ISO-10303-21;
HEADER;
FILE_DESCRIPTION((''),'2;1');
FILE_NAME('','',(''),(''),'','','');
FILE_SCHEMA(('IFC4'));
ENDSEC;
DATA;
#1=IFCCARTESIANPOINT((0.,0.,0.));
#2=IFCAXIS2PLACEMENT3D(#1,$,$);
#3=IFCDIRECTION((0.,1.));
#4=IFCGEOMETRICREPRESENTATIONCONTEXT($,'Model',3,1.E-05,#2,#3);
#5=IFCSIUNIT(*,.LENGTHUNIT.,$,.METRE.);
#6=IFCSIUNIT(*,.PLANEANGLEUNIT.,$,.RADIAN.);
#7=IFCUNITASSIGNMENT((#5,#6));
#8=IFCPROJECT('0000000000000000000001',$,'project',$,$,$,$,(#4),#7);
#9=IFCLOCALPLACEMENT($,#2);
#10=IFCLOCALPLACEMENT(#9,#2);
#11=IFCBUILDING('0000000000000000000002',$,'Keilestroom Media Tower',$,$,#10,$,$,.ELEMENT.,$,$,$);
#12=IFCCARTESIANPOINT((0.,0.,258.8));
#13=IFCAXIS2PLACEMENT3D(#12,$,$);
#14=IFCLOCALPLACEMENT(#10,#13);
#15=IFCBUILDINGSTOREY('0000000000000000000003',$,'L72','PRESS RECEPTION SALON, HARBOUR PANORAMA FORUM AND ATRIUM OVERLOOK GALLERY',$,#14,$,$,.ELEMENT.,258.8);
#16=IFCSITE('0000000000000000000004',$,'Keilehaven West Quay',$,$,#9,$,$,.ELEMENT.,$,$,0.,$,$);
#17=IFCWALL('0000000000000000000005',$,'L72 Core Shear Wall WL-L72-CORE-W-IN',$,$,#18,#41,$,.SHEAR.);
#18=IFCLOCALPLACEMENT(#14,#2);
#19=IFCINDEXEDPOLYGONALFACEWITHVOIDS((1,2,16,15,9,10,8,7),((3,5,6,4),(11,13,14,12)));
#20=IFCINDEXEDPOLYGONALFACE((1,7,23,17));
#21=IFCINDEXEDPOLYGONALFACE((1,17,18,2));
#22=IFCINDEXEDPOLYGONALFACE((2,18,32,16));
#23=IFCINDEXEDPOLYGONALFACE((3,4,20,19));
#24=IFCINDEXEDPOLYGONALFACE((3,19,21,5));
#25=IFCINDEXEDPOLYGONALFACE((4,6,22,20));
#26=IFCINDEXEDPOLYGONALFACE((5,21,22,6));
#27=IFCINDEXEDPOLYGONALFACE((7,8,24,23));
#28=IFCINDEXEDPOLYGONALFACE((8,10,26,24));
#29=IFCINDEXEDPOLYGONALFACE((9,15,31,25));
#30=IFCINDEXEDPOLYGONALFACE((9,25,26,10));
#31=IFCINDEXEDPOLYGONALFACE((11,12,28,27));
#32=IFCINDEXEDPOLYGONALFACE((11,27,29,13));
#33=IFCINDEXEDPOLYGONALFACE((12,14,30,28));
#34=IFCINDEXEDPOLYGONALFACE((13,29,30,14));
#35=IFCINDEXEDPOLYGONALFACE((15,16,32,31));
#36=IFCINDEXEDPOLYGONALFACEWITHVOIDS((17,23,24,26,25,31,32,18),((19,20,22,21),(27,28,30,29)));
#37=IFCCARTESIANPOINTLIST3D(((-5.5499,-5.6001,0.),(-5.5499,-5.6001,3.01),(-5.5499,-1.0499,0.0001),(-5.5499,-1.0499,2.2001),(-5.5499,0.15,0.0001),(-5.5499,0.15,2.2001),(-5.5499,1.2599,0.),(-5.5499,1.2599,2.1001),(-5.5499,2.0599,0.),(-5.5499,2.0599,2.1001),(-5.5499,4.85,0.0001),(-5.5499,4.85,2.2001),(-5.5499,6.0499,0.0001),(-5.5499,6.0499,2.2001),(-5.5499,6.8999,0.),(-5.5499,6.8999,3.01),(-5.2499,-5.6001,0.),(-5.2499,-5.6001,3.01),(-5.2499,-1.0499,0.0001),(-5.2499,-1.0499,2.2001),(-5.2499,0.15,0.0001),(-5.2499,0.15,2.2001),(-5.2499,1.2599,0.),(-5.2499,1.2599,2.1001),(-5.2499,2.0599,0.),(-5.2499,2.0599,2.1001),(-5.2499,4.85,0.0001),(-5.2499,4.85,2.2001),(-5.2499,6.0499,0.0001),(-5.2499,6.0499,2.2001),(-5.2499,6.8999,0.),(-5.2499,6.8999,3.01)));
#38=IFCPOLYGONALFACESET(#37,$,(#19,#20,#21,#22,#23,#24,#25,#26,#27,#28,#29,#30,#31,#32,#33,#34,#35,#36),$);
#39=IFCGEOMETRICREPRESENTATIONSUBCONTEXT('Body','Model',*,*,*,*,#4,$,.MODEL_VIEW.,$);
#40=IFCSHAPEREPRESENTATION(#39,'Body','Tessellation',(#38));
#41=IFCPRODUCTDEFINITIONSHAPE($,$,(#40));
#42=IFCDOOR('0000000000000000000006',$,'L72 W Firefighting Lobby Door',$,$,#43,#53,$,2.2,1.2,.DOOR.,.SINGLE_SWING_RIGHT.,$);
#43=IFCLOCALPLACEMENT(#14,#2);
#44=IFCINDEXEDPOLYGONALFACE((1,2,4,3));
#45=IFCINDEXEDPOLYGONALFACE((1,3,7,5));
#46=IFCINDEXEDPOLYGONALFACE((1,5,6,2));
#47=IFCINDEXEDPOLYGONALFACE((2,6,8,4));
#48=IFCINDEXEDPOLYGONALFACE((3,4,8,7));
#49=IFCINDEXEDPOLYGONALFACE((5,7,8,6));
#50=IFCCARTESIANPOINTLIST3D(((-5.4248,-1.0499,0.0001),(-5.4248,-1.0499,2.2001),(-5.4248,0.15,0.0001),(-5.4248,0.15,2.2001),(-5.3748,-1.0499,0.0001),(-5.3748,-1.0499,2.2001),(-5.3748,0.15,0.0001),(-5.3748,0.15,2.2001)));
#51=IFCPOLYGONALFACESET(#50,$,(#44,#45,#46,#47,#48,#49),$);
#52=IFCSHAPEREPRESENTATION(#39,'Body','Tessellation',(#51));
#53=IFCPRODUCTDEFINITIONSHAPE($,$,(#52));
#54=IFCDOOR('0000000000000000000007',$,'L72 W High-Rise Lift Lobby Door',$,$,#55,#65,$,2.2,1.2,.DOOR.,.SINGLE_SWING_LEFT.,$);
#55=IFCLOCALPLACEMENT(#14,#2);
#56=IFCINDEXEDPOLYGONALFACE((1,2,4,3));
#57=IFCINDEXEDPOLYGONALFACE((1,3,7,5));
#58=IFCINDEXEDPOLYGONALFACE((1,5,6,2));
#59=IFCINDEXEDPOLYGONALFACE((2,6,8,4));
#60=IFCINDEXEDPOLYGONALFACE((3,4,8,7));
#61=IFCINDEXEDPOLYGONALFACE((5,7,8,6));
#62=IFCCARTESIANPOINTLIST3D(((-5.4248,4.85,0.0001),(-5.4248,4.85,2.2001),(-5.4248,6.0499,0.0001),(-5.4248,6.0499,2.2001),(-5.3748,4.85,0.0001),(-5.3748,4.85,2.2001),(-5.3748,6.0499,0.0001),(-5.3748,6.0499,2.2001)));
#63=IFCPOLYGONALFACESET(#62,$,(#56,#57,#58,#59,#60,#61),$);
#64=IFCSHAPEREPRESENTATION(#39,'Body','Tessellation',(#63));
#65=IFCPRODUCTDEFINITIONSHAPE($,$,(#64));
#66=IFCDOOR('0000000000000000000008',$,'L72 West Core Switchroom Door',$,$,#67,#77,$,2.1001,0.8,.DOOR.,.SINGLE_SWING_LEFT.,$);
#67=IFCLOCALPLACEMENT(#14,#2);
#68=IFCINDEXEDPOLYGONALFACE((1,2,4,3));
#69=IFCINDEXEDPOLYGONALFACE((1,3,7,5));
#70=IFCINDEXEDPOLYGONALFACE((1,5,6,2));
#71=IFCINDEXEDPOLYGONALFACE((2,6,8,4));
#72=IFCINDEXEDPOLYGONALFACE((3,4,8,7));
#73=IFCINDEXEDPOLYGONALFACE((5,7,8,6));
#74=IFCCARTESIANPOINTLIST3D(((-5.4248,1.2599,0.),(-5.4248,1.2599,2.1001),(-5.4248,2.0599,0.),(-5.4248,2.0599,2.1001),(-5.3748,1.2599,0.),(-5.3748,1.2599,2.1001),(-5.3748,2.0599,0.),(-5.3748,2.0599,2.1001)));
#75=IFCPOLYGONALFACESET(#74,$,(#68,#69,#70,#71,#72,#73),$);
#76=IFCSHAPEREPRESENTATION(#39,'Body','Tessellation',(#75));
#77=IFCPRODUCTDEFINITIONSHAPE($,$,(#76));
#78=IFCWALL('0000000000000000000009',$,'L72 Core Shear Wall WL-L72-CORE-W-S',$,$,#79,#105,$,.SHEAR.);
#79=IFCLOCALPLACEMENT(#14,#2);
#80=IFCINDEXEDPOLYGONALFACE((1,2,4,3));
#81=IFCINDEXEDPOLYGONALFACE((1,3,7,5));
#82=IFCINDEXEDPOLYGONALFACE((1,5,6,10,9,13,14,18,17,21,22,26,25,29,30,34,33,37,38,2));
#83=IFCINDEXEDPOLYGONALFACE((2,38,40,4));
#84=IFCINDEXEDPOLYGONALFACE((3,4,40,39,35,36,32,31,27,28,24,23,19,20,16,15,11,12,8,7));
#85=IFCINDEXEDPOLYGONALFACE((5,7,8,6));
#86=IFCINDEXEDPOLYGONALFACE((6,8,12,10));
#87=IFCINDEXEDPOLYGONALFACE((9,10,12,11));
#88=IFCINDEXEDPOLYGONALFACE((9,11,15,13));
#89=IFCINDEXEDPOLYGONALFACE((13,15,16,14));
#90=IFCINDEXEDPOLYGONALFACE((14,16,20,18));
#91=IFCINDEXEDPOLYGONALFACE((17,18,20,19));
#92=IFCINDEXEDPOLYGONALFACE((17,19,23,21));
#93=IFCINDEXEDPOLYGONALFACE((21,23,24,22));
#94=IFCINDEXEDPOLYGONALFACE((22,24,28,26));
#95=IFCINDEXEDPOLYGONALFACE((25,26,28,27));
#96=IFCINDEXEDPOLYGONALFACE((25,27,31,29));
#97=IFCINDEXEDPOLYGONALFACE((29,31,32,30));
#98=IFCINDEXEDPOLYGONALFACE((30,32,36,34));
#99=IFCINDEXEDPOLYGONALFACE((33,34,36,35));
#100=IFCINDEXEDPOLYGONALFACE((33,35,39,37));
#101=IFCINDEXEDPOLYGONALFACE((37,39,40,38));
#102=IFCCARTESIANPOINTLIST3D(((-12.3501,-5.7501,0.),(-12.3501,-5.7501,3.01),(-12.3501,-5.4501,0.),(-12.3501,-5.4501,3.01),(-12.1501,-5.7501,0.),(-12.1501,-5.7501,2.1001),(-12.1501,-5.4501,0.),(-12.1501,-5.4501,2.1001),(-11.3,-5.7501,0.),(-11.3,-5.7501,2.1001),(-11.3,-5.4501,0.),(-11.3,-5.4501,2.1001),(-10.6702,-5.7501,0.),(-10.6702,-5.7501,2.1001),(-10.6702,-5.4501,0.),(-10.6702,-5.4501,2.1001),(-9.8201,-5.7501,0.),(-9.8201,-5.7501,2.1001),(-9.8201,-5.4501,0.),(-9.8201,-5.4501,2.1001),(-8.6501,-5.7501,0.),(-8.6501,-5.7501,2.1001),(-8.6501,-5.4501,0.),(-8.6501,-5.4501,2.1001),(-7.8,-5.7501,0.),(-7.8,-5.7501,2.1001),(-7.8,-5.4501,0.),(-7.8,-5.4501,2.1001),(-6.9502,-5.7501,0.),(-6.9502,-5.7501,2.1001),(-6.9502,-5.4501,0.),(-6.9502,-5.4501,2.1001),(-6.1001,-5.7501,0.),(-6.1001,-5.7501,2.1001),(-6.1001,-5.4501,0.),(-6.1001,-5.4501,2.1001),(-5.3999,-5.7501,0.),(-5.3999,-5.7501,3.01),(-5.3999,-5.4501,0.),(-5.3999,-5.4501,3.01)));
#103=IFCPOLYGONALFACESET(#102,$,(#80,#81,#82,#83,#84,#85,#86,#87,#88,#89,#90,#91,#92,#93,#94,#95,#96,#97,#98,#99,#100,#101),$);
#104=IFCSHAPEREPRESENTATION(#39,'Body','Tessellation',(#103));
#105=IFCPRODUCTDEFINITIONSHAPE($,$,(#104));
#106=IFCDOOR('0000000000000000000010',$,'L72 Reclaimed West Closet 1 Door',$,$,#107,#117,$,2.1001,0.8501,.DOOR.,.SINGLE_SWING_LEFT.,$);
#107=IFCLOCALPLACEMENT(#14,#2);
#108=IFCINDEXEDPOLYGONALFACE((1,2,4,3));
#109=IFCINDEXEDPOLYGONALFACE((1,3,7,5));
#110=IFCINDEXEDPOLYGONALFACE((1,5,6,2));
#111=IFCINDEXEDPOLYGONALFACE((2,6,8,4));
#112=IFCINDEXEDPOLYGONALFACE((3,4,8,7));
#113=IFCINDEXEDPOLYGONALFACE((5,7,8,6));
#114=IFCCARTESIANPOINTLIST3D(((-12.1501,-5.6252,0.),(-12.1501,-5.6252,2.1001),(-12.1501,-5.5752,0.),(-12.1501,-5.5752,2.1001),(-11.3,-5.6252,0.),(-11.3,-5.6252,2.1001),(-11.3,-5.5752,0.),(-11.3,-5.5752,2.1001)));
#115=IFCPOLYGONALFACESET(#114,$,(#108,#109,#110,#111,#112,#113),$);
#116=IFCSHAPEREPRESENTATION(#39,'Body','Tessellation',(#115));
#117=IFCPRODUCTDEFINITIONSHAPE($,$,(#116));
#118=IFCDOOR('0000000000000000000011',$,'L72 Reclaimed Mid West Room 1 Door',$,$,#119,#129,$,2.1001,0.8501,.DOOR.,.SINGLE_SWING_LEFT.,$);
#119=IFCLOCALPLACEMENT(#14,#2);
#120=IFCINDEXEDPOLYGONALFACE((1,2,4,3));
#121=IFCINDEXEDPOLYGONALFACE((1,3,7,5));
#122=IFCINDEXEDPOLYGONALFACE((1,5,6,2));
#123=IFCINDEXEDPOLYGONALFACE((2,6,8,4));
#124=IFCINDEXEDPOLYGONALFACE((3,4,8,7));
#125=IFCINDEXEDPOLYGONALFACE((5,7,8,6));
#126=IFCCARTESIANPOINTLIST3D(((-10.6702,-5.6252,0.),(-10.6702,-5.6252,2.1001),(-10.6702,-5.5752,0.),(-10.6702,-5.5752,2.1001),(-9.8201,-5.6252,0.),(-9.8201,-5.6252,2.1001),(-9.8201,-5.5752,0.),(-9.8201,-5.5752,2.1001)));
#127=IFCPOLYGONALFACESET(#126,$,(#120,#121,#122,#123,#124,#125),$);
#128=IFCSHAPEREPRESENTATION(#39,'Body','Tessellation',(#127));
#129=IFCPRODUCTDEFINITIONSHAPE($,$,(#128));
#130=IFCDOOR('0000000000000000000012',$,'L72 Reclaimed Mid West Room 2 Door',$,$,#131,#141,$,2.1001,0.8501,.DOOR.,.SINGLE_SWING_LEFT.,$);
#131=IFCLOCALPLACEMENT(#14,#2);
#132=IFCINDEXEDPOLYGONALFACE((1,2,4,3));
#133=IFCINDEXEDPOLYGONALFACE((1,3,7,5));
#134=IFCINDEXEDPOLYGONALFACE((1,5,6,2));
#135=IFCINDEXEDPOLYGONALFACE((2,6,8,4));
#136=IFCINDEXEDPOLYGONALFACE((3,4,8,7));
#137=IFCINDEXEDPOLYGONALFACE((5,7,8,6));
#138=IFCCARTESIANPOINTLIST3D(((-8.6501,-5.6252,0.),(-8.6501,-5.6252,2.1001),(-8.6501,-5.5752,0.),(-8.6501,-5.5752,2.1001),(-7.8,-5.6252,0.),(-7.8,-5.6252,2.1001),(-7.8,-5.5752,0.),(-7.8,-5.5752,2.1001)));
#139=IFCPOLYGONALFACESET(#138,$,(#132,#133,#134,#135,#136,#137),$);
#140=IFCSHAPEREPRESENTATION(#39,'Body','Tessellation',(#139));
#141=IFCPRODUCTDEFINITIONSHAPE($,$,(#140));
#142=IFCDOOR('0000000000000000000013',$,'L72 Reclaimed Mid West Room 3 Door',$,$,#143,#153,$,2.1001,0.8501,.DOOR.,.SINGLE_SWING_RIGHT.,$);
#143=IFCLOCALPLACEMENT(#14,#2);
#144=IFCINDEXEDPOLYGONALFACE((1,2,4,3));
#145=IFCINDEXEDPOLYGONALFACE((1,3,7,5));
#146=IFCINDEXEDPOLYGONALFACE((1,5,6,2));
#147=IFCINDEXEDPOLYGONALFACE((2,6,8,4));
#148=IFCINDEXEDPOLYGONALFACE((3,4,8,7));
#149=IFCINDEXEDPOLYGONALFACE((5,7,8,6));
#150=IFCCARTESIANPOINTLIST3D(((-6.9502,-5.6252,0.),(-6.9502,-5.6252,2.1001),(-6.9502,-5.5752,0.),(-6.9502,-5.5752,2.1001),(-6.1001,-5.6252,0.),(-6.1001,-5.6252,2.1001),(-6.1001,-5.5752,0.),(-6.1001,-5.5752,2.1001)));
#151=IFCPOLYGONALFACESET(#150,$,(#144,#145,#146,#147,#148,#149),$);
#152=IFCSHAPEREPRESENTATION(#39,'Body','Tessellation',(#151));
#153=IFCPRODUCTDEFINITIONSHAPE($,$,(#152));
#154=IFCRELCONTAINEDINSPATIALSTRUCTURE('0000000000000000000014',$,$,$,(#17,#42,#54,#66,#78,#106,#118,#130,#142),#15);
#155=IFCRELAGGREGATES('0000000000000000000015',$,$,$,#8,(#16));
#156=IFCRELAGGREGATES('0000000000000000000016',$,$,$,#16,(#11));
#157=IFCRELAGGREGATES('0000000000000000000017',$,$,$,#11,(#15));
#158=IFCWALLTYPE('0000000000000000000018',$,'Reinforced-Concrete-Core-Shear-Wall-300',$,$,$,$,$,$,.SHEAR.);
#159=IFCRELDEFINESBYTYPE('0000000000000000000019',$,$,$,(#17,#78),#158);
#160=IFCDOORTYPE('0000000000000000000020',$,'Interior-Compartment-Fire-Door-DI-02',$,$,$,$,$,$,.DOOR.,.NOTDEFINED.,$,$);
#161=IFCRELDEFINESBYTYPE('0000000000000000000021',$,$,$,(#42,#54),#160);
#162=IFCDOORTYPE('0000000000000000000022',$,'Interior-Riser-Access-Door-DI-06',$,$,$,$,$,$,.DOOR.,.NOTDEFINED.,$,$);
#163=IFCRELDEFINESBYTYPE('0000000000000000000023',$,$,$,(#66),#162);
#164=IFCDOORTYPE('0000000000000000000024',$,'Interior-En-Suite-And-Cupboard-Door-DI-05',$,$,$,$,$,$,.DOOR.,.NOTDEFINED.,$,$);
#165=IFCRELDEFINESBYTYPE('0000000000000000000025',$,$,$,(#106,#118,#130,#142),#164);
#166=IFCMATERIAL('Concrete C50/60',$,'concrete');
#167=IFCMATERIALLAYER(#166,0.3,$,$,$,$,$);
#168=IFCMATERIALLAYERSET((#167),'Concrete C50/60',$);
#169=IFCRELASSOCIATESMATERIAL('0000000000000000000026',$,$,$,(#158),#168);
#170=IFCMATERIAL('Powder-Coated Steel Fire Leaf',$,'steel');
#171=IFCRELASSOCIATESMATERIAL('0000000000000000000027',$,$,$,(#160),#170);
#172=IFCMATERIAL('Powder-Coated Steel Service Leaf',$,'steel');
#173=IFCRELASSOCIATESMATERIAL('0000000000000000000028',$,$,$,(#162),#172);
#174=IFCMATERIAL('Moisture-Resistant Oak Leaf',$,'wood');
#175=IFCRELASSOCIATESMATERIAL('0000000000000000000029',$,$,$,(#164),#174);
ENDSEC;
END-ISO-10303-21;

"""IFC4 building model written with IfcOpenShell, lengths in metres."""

from ifc_helpers import new_model, si_unit, direction, frame, frame_2d, origin, place, context, subcontext, project, spatial, rectangle, extrude, source, transform, mapped, material, layer, layer_set, type_object, element, fill, save


model = new_model("IFC4")

# Units and contexts
model_context = context("Model", 3, precision=1e-05, world=origin(), true_north=direction((0.0, 1.0)))
body_context = subcontext(model_context, "Body", "Model", "MODEL_VIEW")
ifc_project = project(units=[si_unit("LENGTHUNIT", "METRE"), si_unit("PLANEANGLEUNIT", "RADIAN")], contexts=[model_context])

# Site, building, storey
site_placement = place(None, origin())
site = spatial("IfcSite", under=ifc_project, at=site_placement, Name="Keilehaven West Quay", CompositionType="ELEMENT", RefElevation=0.0)
building_placement = place(site_placement, origin())
building = spatial("IfcBuilding", under=site, at=building_placement, Name="Keilestroom Media Tower", CompositionType="ELEMENT")
storey_placement = place(building_placement, frame((0.0, 0.0, 258.8)))
storey = spatial("IfcBuildingStorey", under=building, at=storey_placement, Name="L72", Description="PRESS RECEPTION SALON, HARBOUR PANORAMA FORUM AND ATRIUM OVERLOOK GALLERY", CompositionType="ELEMENT", Elevation=258.8)

# Walls, openings, doors
ifc_material_1 = material(Name="Concrete C50/60", Category="concrete")
ifc_layer_1 = layer(ifc_material_1, 0.3)
ifc_layer_set_1 = layer_set([ifc_layer_1], Name="Concrete C50/60")
wall_type_1 = type_object("IfcWallType", Name="Reinforced-Concrete-Core-Shear-Wall-300", PredefinedType="SHEAR", material=ifc_layer_set_1)
wall_1_placement = place(storey_placement, frame((-5.3999, -5.6001, 0.0), z_axis=(0.0, 0.0, 1.0), x_axis=(0.0, 1.0, 0.0)))
wall_1 = element("IfcWall", 1, at=wall_1_placement, inside=storey, type_object=wall_type_1, Name="L72 Core Shear Wall WL-L72-CORE-W-IN", PredefinedType="SHEAR", context=body_context, shape_type="SweptSolid", body=[
    extrude(rectangle(XDim=12.5, YDim=0.3, at=frame_2d((6.25, 0.0))), origin(), (0.0, 0.0, 1.0), 3.01),
])
opening_1_placement = place(wall_1_placement, frame((4.55, 0.0, 0.0)))
opening_1 = element("IfcOpeningElement", 2, at=opening_1_placement, cuts=wall_1, PredefinedType="OPENING", context=body_context, shape_type="SweptSolid", body=[
    extrude(rectangle(XDim=1.2, YDim=2.2, at=frame_2d((0.6001, 1.1001))), frame((0.0, 0.1602, 0.0), z_axis=(0.0, -1.0, 0.0), x_axis=(1.0, 0.0, 0.0)), (0.0, 0.0, 1.0), 0.3201),
])
opening_2_placement = place(wall_1_placement, frame((10.45, 0.0, 0.0)))
opening_2 = element("IfcOpeningElement", 3, at=opening_2_placement, cuts=wall_1, PredefinedType="OPENING", context=body_context, shape_type="SweptSolid", body=[
    extrude(rectangle(XDim=1.2, YDim=2.2, at=frame_2d((0.6001, 1.1001))), frame((0.0, 0.1602, 0.0), z_axis=(0.0, -1.0, 0.0), x_axis=(1.0, 0.0, 0.0)), (0.0, 0.0, 1.0), 0.3201),
])
opening_3_placement = place(wall_1_placement, frame((6.8601, 0.0, 0.0)))
opening_3 = element("IfcOpeningElement", 4, at=opening_3_placement, cuts=wall_1, PredefinedType="OPENING", context=body_context, shape_type="SweptSolid", body=[
    extrude(rectangle(XDim=0.8, YDim=2.1001, at=frame_2d((0.3999, 1.05))), frame((0.0, 0.1602, 0.0), z_axis=(0.0, -1.0, 0.0), x_axis=(1.0, 0.0, 0.0)), (0.0, 0.0, 1.0), 0.3201),
])
ifc_material_2 = material(Name="Powder-Coated Steel Fire Leaf", Category="steel")
door_type_1 = type_object("IfcDoorType", Name="Interior-Compartment-Fire-Door-DI-02", OperationType="NOTDEFINED", PredefinedType="DOOR", material=ifc_material_2)
shared_shape_1 = source(origin(), body_context, "Body", "SweptSolid", [
    extrude(rectangle(XDim=1.2, YDim=2.2, at=frame_2d((0.6001, 1.1001))), frame((0.0, 0.0249, 0.0), z_axis=(0.0, -1.0, 0.0), x_axis=(1.0, 0.0, 0.0)), (0.0, 0.0, 1.0), 0.05),
])
door_1_placement = place(opening_1_placement, origin())
door_1 = element("IfcDoor", 5, at=door_1_placement, inside=storey, type_object=door_type_1, Name="L72 W Firefighting Lobby Door", OperationType="SINGLE_SWING_RIGHT", OverallHeight=2.2, OverallWidth=1.2, PredefinedType="DOOR", context=body_context, shape_type="MappedRepresentation", body=[
    mapped(shared_shape_1, transform((0.0, 0.0, 0.0), x_axis=(1.0, 0.0, 0.0), y_axis=(0.0, 1.0, 0.0), z_axis=(0.0, 0.0, 1.0), scale=1.0)),
])
fill(opening_1, door_1)
door_2_placement = place(opening_2_placement, origin())
door_2 = element("IfcDoor", 6, at=door_2_placement, inside=storey, type_object=door_type_1, Name="L72 W High-Rise Lift Lobby Door", OperationType="SINGLE_SWING_LEFT", OverallHeight=2.2, OverallWidth=1.2, PredefinedType="DOOR", context=body_context, shape_type="MappedRepresentation", body=[
    mapped(shared_shape_1, transform((0.0, 0.0, 0.0), x_axis=(1.0, 0.0, 0.0), y_axis=(0.0, 1.0, 0.0), z_axis=(0.0, 0.0, 1.0), scale=1.0)),
])
fill(opening_2, door_2)
ifc_material_3 = material(Name="Powder-Coated Steel Service Leaf", Category="steel")
door_type_2 = type_object("IfcDoorType", Name="Interior-Riser-Access-Door-DI-06", OperationType="NOTDEFINED", PredefinedType="DOOR", material=ifc_material_3)
shared_shape_2 = source(origin(), body_context, "Body", "SweptSolid", [
    extrude(rectangle(XDim=0.8, YDim=2.1001, at=frame_2d((0.3999, 1.05))), frame((0.0, 0.0249, 0.0), z_axis=(0.0, -1.0, 0.0), x_axis=(1.0, 0.0, 0.0)), (0.0, 0.0, 1.0), 0.05),
])
door_3_placement = place(opening_3_placement, origin())
door_3 = element("IfcDoor", 7, at=door_3_placement, inside=storey, type_object=door_type_2, Name="L72 West Core Switchroom Door", OperationType="SINGLE_SWING_LEFT", OverallHeight=2.1001, OverallWidth=0.8, PredefinedType="DOOR", context=body_context, shape_type="MappedRepresentation", body=[
    mapped(shared_shape_2, transform((0.0, 0.0, 0.0), x_axis=(1.0, 0.0, 0.0), y_axis=(0.0, 1.0, 0.0), z_axis=(0.0, 0.0, 1.0), scale=1.0)),
])
fill(opening_3, door_3)
wall_2_placement = place(storey_placement, frame((-12.3501, -5.6001, 0.0), z_axis=(0.0, 0.0, 1.0), x_axis=(1.0, 0.0, 0.0)))
wall_2 = element("IfcWall", 8, at=wall_2_placement, inside=storey, type_object=wall_type_1, Name="L72 Core Shear Wall WL-L72-CORE-W-S", PredefinedType="SHEAR", context=body_context, shape_type="SweptSolid", body=[
    extrude(rectangle(XDim=6.9502, YDim=0.3, at=frame_2d((3.4751, 0.0))), origin(), (0.0, 0.0, 1.0), 3.01),
])
opening_4_placement = place(wall_2_placement, frame((0.2, 0.0, 0.0)))
opening_4 = element("IfcOpeningElement", 9, at=opening_4_placement, cuts=wall_2, PredefinedType="OPENING", context=body_context, shape_type="SweptSolid", body=[
    extrude(rectangle(XDim=0.8501, YDim=2.1001, at=frame_2d((0.425, 1.05))), frame((0.0, 0.1602, 0.0), z_axis=(0.0, -1.0, 0.0), x_axis=(1.0, 0.0, 0.0)), (0.0, 0.0, 1.0), 0.3201),
])
opening_5_placement = place(wall_2_placement, frame((1.6799, 0.0, 0.0)))
opening_5 = element("IfcOpeningElement", 10, at=opening_5_placement, cuts=wall_2, PredefinedType="OPENING", context=body_context, shape_type="SweptSolid", body=[
    extrude(rectangle(XDim=0.8501, YDim=2.1001, at=frame_2d((0.425, 1.05))), frame((0.0, 0.1602, 0.0), z_axis=(0.0, -1.0, 0.0), x_axis=(1.0, 0.0, 0.0)), (0.0, 0.0, 1.0), 0.3201),
])
opening_6_placement = place(wall_2_placement, frame((3.7, 0.0, 0.0)))
opening_6 = element("IfcOpeningElement", 11, at=opening_6_placement, cuts=wall_2, PredefinedType="OPENING", context=body_context, shape_type="SweptSolid", body=[
    extrude(rectangle(XDim=0.8501, YDim=2.1001, at=frame_2d((0.425, 1.05))), frame((0.0, 0.1602, 0.0), z_axis=(0.0, -1.0, 0.0), x_axis=(1.0, 0.0, 0.0)), (0.0, 0.0, 1.0), 0.3201),
])
opening_7_placement = place(wall_2_placement, frame((5.3999, 0.0, 0.0)))
opening_7 = element("IfcOpeningElement", 12, at=opening_7_placement, cuts=wall_2, PredefinedType="OPENING", context=body_context, shape_type="SweptSolid", body=[
    extrude(rectangle(XDim=0.8501, YDim=2.1001, at=frame_2d((0.425, 1.05))), frame((0.0, 0.1602, 0.0), z_axis=(0.0, -1.0, 0.0), x_axis=(1.0, 0.0, 0.0)), (0.0, 0.0, 1.0), 0.3201),
])
ifc_material_4 = material(Name="Moisture-Resistant Oak Leaf", Category="wood")
door_type_3 = type_object("IfcDoorType", Name="Interior-En-Suite-And-Cupboard-Door-DI-05", OperationType="NOTDEFINED", PredefinedType="DOOR", material=ifc_material_4)
shared_shape_3 = source(origin(), body_context, "Body", "SweptSolid", [
    extrude(rectangle(XDim=0.8501, YDim=2.1001, at=frame_2d((0.425, 1.05))), frame((0.0, 0.0249, 0.0), z_axis=(0.0, -1.0, 0.0), x_axis=(1.0, 0.0, 0.0)), (0.0, 0.0, 1.0), 0.05),
])
door_4_placement = place(opening_4_placement, origin())
door_4 = element("IfcDoor", 13, at=door_4_placement, inside=storey, type_object=door_type_3, Name="L72 Reclaimed West Closet 1 Door", OperationType="SINGLE_SWING_LEFT", OverallHeight=2.1001, OverallWidth=0.8501, PredefinedType="DOOR", context=body_context, shape_type="MappedRepresentation", body=[
    mapped(shared_shape_3, transform((0.0, 0.0, 0.0), x_axis=(1.0, 0.0, 0.0), y_axis=(0.0, 1.0, 0.0), z_axis=(0.0, 0.0, 1.0), scale=1.0)),
])
fill(opening_4, door_4)
door_5_placement = place(opening_5_placement, origin())
door_5 = element("IfcDoor", 14, at=door_5_placement, inside=storey, type_object=door_type_3, Name="L72 Reclaimed Mid West Room 1 Door", OperationType="SINGLE_SWING_LEFT", OverallHeight=2.1001, OverallWidth=0.8501, PredefinedType="DOOR", context=body_context, shape_type="MappedRepresentation", body=[
    mapped(shared_shape_3, transform((0.0, 0.0, 0.0), x_axis=(1.0, 0.0, 0.0), y_axis=(0.0, 1.0, 0.0), z_axis=(0.0, 0.0, 1.0), scale=1.0)),
])
fill(opening_5, door_5)
door_6_placement = place(opening_6_placement, origin())
door_6 = element("IfcDoor", 15, at=door_6_placement, inside=storey, type_object=door_type_3, Name="L72 Reclaimed Mid West Room 2 Door", OperationType="SINGLE_SWING_LEFT", OverallHeight=2.1001, OverallWidth=0.8501, PredefinedType="DOOR", context=body_context, shape_type="MappedRepresentation", body=[
    mapped(shared_shape_3, transform((0.0, 0.0, 0.0), x_axis=(1.0, 0.0, 0.0), y_axis=(0.0, 1.0, 0.0), z_axis=(0.0, 0.0, 1.0), scale=1.0)),
])
fill(opening_6, door_6)
door_7_placement = place(opening_7_placement, origin())
door_7 = element("IfcDoor", 16, at=door_7_placement, inside=storey, type_object=door_type_3, Name="L72 Reclaimed Mid West Room 3 Door", OperationType="SINGLE_SWING_RIGHT", OverallHeight=2.1001, OverallWidth=0.8501, PredefinedType="DOOR", context=body_context, shape_type="MappedRepresentation", body=[
    mapped(shared_shape_3, transform((0.0, 0.0, 0.0), x_axis=(1.0, 0.0, 0.0), y_axis=(0.0, 1.0, 0.0), z_axis=(0.0, 0.0, 1.0), scale=1.0)),
])
fill(opening_7, door_7)

save(model, "model.ifc")
